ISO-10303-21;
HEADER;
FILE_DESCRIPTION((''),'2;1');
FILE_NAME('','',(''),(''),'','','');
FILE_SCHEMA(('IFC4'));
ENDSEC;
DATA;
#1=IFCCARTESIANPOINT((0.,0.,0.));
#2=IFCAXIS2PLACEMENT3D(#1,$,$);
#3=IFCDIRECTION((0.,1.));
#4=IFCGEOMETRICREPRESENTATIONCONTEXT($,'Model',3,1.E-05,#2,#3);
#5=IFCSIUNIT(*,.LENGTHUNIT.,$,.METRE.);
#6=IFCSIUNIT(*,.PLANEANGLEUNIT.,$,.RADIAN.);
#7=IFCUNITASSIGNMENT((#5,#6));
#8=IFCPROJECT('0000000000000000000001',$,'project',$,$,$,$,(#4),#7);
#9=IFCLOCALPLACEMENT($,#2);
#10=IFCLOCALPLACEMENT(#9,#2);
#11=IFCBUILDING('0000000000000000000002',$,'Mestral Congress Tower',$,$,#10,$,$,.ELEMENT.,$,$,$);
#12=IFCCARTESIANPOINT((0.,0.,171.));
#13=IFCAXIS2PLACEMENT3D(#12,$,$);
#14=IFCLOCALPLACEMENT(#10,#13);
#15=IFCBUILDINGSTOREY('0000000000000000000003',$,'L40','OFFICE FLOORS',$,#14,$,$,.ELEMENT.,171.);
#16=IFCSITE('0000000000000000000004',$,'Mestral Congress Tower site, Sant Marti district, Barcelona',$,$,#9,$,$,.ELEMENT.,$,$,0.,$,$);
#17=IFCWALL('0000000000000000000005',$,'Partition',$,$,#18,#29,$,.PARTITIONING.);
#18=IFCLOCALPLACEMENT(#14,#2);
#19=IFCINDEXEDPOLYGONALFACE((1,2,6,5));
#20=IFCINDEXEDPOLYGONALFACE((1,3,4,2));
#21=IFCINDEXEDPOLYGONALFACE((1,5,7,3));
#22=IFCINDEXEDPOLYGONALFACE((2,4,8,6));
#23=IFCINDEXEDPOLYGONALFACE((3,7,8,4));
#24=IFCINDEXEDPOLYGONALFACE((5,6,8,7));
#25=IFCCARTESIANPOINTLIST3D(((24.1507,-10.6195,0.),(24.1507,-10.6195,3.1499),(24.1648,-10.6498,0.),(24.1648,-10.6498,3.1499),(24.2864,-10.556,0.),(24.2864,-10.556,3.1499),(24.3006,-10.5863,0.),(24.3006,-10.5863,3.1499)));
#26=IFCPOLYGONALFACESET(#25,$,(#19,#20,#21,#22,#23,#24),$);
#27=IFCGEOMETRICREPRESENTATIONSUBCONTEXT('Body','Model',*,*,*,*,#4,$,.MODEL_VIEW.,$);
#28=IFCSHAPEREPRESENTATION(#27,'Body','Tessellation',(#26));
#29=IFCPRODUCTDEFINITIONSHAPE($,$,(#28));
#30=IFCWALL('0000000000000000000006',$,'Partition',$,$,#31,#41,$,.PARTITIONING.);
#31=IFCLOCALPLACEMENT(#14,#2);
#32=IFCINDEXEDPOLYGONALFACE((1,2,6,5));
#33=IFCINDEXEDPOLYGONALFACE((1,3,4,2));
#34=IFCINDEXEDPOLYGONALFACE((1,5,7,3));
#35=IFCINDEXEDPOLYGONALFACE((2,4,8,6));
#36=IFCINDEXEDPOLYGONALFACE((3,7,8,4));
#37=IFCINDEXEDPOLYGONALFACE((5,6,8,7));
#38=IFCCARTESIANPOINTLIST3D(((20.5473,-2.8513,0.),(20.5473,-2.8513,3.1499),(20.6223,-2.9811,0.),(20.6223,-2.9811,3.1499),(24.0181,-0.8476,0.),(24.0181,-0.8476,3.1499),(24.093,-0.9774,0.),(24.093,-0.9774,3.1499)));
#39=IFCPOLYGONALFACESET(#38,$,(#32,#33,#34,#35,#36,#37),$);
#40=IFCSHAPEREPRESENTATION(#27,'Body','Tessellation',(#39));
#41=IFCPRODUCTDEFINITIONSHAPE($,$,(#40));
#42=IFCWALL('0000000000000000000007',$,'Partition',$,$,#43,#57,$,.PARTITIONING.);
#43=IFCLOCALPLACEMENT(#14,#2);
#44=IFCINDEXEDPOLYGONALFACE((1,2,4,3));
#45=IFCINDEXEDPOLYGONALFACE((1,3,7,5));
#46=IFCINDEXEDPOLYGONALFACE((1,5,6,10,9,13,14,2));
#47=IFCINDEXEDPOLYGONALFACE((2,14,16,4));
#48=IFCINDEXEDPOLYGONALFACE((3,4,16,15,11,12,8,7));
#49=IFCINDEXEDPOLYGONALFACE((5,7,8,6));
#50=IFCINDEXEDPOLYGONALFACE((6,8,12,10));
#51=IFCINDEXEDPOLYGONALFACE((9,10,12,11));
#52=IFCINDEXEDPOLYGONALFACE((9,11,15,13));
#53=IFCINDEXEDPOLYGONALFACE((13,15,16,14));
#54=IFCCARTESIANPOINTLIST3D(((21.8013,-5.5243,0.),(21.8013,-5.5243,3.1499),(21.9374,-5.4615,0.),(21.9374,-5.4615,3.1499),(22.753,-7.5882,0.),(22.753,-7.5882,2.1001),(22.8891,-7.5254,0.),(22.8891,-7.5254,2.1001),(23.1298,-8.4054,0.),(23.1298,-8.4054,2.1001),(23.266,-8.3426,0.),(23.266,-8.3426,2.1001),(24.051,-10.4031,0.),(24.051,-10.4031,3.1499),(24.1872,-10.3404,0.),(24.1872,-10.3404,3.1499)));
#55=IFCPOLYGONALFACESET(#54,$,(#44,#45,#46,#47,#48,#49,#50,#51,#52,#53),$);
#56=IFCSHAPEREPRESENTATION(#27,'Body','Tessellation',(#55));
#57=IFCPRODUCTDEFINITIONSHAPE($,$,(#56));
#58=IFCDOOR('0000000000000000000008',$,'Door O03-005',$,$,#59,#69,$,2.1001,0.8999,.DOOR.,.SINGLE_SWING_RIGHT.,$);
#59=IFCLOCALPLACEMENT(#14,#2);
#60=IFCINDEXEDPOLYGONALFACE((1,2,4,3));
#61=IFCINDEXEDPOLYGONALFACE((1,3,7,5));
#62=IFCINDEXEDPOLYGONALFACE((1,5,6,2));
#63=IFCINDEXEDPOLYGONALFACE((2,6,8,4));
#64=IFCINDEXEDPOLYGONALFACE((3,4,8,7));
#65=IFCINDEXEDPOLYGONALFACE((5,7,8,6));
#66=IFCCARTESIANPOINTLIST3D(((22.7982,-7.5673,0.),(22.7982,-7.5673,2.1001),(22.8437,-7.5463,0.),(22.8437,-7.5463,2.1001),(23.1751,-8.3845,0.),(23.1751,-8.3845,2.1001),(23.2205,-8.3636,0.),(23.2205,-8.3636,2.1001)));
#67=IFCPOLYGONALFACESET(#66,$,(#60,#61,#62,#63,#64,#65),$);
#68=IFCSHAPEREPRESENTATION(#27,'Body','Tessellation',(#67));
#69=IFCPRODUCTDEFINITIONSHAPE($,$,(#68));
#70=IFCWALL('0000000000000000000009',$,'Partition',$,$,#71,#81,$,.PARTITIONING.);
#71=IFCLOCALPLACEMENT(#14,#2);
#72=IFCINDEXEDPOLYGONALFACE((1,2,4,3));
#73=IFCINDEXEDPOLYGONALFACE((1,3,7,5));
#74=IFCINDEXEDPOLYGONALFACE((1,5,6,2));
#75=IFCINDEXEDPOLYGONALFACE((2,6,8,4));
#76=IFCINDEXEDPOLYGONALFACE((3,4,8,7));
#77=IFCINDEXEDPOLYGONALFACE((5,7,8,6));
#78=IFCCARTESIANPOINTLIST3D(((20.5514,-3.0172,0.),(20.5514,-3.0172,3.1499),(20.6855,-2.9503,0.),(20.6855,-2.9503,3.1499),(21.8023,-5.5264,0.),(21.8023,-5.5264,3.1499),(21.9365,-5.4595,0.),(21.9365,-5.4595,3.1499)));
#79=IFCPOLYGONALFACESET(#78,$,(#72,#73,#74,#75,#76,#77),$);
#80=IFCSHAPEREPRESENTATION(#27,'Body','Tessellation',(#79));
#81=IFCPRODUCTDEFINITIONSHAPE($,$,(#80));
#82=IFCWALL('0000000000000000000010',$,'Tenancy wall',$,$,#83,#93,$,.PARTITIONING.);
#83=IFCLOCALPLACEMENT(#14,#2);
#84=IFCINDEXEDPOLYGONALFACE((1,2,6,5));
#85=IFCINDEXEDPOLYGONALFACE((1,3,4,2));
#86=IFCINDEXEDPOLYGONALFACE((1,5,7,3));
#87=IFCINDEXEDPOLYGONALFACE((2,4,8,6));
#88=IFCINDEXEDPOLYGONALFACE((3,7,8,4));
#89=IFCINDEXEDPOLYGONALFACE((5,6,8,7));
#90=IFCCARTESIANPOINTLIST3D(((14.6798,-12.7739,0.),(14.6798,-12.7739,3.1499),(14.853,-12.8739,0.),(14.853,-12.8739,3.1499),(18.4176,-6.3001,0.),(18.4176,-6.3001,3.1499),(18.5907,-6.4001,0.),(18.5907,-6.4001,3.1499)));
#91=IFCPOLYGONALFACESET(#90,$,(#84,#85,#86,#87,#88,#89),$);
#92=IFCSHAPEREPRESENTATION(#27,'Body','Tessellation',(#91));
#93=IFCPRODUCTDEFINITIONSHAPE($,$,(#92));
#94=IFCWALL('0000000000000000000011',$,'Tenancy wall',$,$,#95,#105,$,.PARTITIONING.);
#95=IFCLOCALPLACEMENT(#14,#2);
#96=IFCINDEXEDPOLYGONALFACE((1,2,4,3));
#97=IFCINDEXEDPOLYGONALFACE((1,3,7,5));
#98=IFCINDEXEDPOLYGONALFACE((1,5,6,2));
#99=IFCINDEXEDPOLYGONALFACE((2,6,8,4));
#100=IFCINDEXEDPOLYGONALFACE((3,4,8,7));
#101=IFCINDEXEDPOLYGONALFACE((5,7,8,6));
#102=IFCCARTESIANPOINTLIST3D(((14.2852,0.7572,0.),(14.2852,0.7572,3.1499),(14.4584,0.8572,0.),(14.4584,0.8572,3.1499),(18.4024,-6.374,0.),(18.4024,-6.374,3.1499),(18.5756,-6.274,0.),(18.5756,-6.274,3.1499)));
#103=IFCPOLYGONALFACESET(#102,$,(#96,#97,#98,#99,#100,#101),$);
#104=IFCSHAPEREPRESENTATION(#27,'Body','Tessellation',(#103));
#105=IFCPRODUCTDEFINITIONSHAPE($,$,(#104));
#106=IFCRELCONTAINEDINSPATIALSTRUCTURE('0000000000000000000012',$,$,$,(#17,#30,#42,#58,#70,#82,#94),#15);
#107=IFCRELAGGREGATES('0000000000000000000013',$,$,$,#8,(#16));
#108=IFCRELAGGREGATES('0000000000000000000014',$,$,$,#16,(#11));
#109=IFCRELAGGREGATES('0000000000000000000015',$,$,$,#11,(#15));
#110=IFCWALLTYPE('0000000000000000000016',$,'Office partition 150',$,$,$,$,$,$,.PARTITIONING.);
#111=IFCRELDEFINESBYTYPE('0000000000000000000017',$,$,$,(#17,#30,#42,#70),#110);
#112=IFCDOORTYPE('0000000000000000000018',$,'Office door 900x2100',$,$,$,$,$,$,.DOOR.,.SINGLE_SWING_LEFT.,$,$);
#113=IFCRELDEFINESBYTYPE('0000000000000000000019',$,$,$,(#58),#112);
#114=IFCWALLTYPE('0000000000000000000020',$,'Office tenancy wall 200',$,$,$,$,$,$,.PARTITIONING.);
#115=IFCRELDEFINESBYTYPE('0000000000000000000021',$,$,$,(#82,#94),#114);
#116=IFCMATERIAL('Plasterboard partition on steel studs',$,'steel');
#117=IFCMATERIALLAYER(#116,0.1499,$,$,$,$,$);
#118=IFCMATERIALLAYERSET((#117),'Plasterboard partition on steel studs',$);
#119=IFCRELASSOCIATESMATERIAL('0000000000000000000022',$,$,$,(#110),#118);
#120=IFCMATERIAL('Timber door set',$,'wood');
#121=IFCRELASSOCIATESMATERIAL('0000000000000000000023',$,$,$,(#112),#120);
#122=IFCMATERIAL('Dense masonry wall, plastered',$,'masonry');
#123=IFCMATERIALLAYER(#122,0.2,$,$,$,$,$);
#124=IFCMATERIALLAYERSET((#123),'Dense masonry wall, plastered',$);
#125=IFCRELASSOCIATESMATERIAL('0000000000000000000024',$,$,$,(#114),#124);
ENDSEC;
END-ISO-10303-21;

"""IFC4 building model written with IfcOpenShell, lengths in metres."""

from ifc_helpers import new_model, si_unit, direction, frame, frame_2d, origin, place, context, subcontext, project, spatial, rectangle, extrude, material, layer, layer_set, type_object, element, fill, save


model = new_model("IFC4")

# Units and contexts
model_context = context("Model", 3, precision=1e-05, world=origin(), true_north=direction((0.0, 1.0)))
body_context = subcontext(model_context, "Body", "Model", "MODEL_VIEW")
ifc_project = project(units=[si_unit("LENGTHUNIT", "METRE"), si_unit("PLANEANGLEUNIT", "RADIAN")], contexts=[model_context])

# Site, building, storey
site_placement = place(None, origin())
site = spatial("IfcSite", under=ifc_project, at=site_placement, Name="Mestral Congress Tower site, Sant Marti district, Barcelona", CompositionType="ELEMENT", RefElevation=0.0)
building_placement = place(site_placement, origin())
building = spatial("IfcBuilding", under=site, at=building_placement, Name="Mestral Congress Tower", CompositionType="ELEMENT")
storey_placement = place(building_placement, frame((0.0, 0.0, 171.0)))
storey = spatial("IfcBuildingStorey", under=building, at=storey_placement, Name="L40", Description="OFFICE FLOORS", CompositionType="ELEMENT", Elevation=171.0)

# Walls
ifc_material_1 = material(Name="Plasterboard partition on steel studs", Category="steel")
ifc_layer_1 = layer(ifc_material_1, 0.1499)
ifc_layer_set_1 = layer_set([ifc_layer_1], Name="Plasterboard partition on steel studs")
wall_type_1 = type_object("IfcWallType", Name="Office partition 150", PredefinedType="PARTITIONING", material=ifc_layer_set_1)
wall_1_placement = place(storey_placement, frame((24.2327, -10.6179, 0.0), z_axis=(0.0, 0.0, 1.0), x_axis=(-0.423685, 0.90581, 0.0)))
element("IfcWall", 1, at=wall_1_placement, inside=storey, type_object=wall_type_1, Name="Partition", PredefinedType="PARTITIONING", context=body_context, shape_type="SweptSolid", body=[
    extrude(rectangle(XDim=0.0334, YDim=0.1499, at=frame_2d((0.0166, 0.0))), origin(), (0.0, 0.0, 1.0), 3.1499),
])
wall_2_placement = place(storey_placement, frame((20.5847, -2.9163, 0.0), z_axis=(0.0, 0.0, 1.0), x_axis=(0.866042, 0.499972, 0.0)))
element("IfcWall", 2, at=wall_2_placement, inside=storey, type_object=wall_type_1, Name="Partition", PredefinedType="PARTITIONING", context=body_context, shape_type="SweptSolid", body=[
    extrude(rectangle(XDim=4.0076, YDim=0.1499, at=frame_2d((2.0039, 0.0))), origin(), (0.0, 0.0, 1.0), 3.1499),
])

# Wall, opening, door
wall_3_placement = place(storey_placement, frame((21.8694, -5.4929, 0.0), z_axis=(0.0, 0.0, 1.0), x_axis=(0.418744, -0.908104, 0.0)))
wall_3 = element("IfcWall", 3, at=wall_3_placement, inside=storey, type_object=wall_type_1, Name="Partition", PredefinedType="PARTITIONING", context=body_context, shape_type="SweptSolid", body=[
    extrude(rectangle(XDim=5.3726, YDim=0.1499, at=frame_2d((2.6863, 0.0))), origin(), (0.0, 0.0, 1.0), 3.1499),
])
opening_1_placement = place(wall_3_placement, frame((2.2727, 0.0, 0.0)))
opening_1 = element("IfcOpeningElement", 4, at=opening_1_placement, cuts=wall_3, PredefinedType="OPENING", context=body_context, shape_type="SweptSolid", body=[
    extrude(rectangle(XDim=0.8999, YDim=2.1001, at=frame_2d((0.45, 1.05))), frame((0.0, 0.085, 0.0), z_axis=(0.0, -1.0, 0.0), x_axis=(1.0, 0.0, 0.0)), (0.0, 0.0, 1.0), 0.1699),
])
ifc_material_2 = material(Name="Timber door set", Category="wood")
door_type = type_object("IfcDoorType", Name="Office door 900x2100", OperationType="SINGLE_SWING_LEFT", PredefinedType="DOOR", material=ifc_material_2)
door_placement = place(opening_1_placement, origin())
door = element("IfcDoor", 5, at=door_placement, inside=storey, type_object=door_type, Name="Door O03-005", OperationType="SINGLE_SWING_RIGHT", OverallHeight=2.1001, OverallWidth=0.8999, PredefinedType="DOOR", context=body_context, shape_type="SweptSolid", body=[
    extrude(rectangle(XDim=0.8999, YDim=2.1001, at=frame_2d((0.45, 1.05))), frame((0.0, 0.0249, 0.0), z_axis=(0.0, -1.0, 0.0), x_axis=(1.0, 0.0, 0.0)), (0.0, 0.0, 1.0), 0.05),
])
fill(opening_1, door)

# Walls
wall_4_placement = place(storey_placement, frame((21.8694, -5.4929, 0.0), z_axis=(0.0, 0.0, 1.0), x_axis=(-0.446168, 0.894949, 0.0)))
element("IfcWall", 6, at=wall_4_placement, inside=storey, type_object=wall_type_1, Name="Partition", PredefinedType="PARTITIONING", context=body_context, shape_type="SweptSolid", body=[
    extrude(rectangle(XDim=2.8037, YDim=0.1499, at=frame_2d((1.4019, 0.0))), origin(), (0.0, 0.0, 1.0), 3.1499),
])
ifc_material_3 = material(Name="Dense masonry wall, plastered", Category="masonry")
ifc_layer_2 = layer(ifc_material_3, 0.2)
ifc_layer_set_2 = layer_set([ifc_layer_2], Name="Dense masonry wall, plastered")
wall_type_2 = type_object("IfcWallType", Name="Office tenancy wall 200", PredefinedType="PARTITIONING", material=ifc_layer_set_2)
wall_5_placement = place(storey_placement, frame((14.7664, -12.824, 0.0), z_axis=(0.0, 0.0, 1.0), x_axis=(0.50001, 0.86602, 0.0)))
element("IfcWall", 7, at=wall_5_placement, inside=storey, type_object=wall_type_2, Name="Tenancy wall", PredefinedType="PARTITIONING", context=body_context, shape_type="SweptSolid", body=[
    extrude(rectangle(XDim=7.4753, YDim=0.2, at=frame_2d((3.7378, 0.0))), origin(), (0.0, 0.0, 1.0), 3.1499),
])
wall_6_placement = place(storey_placement, frame((18.489, -6.324, 0.0), z_axis=(0.0, 0.0, 1.0), x_axis=(-0.500004, 0.866023, 0.0)))
element("IfcWall", 8, at=wall_6_placement, inside=storey, type_object=wall_type_2, Name="Tenancy wall", PredefinedType="PARTITIONING", context=body_context, shape_type="SweptSolid", body=[
    extrude(rectangle(XDim=8.2344, YDim=0.2, at=frame_2d((4.1172, 0.0))), origin(), (0.0, 0.0, 1.0), 3.1499),
])

save(model, "model.ifc")
